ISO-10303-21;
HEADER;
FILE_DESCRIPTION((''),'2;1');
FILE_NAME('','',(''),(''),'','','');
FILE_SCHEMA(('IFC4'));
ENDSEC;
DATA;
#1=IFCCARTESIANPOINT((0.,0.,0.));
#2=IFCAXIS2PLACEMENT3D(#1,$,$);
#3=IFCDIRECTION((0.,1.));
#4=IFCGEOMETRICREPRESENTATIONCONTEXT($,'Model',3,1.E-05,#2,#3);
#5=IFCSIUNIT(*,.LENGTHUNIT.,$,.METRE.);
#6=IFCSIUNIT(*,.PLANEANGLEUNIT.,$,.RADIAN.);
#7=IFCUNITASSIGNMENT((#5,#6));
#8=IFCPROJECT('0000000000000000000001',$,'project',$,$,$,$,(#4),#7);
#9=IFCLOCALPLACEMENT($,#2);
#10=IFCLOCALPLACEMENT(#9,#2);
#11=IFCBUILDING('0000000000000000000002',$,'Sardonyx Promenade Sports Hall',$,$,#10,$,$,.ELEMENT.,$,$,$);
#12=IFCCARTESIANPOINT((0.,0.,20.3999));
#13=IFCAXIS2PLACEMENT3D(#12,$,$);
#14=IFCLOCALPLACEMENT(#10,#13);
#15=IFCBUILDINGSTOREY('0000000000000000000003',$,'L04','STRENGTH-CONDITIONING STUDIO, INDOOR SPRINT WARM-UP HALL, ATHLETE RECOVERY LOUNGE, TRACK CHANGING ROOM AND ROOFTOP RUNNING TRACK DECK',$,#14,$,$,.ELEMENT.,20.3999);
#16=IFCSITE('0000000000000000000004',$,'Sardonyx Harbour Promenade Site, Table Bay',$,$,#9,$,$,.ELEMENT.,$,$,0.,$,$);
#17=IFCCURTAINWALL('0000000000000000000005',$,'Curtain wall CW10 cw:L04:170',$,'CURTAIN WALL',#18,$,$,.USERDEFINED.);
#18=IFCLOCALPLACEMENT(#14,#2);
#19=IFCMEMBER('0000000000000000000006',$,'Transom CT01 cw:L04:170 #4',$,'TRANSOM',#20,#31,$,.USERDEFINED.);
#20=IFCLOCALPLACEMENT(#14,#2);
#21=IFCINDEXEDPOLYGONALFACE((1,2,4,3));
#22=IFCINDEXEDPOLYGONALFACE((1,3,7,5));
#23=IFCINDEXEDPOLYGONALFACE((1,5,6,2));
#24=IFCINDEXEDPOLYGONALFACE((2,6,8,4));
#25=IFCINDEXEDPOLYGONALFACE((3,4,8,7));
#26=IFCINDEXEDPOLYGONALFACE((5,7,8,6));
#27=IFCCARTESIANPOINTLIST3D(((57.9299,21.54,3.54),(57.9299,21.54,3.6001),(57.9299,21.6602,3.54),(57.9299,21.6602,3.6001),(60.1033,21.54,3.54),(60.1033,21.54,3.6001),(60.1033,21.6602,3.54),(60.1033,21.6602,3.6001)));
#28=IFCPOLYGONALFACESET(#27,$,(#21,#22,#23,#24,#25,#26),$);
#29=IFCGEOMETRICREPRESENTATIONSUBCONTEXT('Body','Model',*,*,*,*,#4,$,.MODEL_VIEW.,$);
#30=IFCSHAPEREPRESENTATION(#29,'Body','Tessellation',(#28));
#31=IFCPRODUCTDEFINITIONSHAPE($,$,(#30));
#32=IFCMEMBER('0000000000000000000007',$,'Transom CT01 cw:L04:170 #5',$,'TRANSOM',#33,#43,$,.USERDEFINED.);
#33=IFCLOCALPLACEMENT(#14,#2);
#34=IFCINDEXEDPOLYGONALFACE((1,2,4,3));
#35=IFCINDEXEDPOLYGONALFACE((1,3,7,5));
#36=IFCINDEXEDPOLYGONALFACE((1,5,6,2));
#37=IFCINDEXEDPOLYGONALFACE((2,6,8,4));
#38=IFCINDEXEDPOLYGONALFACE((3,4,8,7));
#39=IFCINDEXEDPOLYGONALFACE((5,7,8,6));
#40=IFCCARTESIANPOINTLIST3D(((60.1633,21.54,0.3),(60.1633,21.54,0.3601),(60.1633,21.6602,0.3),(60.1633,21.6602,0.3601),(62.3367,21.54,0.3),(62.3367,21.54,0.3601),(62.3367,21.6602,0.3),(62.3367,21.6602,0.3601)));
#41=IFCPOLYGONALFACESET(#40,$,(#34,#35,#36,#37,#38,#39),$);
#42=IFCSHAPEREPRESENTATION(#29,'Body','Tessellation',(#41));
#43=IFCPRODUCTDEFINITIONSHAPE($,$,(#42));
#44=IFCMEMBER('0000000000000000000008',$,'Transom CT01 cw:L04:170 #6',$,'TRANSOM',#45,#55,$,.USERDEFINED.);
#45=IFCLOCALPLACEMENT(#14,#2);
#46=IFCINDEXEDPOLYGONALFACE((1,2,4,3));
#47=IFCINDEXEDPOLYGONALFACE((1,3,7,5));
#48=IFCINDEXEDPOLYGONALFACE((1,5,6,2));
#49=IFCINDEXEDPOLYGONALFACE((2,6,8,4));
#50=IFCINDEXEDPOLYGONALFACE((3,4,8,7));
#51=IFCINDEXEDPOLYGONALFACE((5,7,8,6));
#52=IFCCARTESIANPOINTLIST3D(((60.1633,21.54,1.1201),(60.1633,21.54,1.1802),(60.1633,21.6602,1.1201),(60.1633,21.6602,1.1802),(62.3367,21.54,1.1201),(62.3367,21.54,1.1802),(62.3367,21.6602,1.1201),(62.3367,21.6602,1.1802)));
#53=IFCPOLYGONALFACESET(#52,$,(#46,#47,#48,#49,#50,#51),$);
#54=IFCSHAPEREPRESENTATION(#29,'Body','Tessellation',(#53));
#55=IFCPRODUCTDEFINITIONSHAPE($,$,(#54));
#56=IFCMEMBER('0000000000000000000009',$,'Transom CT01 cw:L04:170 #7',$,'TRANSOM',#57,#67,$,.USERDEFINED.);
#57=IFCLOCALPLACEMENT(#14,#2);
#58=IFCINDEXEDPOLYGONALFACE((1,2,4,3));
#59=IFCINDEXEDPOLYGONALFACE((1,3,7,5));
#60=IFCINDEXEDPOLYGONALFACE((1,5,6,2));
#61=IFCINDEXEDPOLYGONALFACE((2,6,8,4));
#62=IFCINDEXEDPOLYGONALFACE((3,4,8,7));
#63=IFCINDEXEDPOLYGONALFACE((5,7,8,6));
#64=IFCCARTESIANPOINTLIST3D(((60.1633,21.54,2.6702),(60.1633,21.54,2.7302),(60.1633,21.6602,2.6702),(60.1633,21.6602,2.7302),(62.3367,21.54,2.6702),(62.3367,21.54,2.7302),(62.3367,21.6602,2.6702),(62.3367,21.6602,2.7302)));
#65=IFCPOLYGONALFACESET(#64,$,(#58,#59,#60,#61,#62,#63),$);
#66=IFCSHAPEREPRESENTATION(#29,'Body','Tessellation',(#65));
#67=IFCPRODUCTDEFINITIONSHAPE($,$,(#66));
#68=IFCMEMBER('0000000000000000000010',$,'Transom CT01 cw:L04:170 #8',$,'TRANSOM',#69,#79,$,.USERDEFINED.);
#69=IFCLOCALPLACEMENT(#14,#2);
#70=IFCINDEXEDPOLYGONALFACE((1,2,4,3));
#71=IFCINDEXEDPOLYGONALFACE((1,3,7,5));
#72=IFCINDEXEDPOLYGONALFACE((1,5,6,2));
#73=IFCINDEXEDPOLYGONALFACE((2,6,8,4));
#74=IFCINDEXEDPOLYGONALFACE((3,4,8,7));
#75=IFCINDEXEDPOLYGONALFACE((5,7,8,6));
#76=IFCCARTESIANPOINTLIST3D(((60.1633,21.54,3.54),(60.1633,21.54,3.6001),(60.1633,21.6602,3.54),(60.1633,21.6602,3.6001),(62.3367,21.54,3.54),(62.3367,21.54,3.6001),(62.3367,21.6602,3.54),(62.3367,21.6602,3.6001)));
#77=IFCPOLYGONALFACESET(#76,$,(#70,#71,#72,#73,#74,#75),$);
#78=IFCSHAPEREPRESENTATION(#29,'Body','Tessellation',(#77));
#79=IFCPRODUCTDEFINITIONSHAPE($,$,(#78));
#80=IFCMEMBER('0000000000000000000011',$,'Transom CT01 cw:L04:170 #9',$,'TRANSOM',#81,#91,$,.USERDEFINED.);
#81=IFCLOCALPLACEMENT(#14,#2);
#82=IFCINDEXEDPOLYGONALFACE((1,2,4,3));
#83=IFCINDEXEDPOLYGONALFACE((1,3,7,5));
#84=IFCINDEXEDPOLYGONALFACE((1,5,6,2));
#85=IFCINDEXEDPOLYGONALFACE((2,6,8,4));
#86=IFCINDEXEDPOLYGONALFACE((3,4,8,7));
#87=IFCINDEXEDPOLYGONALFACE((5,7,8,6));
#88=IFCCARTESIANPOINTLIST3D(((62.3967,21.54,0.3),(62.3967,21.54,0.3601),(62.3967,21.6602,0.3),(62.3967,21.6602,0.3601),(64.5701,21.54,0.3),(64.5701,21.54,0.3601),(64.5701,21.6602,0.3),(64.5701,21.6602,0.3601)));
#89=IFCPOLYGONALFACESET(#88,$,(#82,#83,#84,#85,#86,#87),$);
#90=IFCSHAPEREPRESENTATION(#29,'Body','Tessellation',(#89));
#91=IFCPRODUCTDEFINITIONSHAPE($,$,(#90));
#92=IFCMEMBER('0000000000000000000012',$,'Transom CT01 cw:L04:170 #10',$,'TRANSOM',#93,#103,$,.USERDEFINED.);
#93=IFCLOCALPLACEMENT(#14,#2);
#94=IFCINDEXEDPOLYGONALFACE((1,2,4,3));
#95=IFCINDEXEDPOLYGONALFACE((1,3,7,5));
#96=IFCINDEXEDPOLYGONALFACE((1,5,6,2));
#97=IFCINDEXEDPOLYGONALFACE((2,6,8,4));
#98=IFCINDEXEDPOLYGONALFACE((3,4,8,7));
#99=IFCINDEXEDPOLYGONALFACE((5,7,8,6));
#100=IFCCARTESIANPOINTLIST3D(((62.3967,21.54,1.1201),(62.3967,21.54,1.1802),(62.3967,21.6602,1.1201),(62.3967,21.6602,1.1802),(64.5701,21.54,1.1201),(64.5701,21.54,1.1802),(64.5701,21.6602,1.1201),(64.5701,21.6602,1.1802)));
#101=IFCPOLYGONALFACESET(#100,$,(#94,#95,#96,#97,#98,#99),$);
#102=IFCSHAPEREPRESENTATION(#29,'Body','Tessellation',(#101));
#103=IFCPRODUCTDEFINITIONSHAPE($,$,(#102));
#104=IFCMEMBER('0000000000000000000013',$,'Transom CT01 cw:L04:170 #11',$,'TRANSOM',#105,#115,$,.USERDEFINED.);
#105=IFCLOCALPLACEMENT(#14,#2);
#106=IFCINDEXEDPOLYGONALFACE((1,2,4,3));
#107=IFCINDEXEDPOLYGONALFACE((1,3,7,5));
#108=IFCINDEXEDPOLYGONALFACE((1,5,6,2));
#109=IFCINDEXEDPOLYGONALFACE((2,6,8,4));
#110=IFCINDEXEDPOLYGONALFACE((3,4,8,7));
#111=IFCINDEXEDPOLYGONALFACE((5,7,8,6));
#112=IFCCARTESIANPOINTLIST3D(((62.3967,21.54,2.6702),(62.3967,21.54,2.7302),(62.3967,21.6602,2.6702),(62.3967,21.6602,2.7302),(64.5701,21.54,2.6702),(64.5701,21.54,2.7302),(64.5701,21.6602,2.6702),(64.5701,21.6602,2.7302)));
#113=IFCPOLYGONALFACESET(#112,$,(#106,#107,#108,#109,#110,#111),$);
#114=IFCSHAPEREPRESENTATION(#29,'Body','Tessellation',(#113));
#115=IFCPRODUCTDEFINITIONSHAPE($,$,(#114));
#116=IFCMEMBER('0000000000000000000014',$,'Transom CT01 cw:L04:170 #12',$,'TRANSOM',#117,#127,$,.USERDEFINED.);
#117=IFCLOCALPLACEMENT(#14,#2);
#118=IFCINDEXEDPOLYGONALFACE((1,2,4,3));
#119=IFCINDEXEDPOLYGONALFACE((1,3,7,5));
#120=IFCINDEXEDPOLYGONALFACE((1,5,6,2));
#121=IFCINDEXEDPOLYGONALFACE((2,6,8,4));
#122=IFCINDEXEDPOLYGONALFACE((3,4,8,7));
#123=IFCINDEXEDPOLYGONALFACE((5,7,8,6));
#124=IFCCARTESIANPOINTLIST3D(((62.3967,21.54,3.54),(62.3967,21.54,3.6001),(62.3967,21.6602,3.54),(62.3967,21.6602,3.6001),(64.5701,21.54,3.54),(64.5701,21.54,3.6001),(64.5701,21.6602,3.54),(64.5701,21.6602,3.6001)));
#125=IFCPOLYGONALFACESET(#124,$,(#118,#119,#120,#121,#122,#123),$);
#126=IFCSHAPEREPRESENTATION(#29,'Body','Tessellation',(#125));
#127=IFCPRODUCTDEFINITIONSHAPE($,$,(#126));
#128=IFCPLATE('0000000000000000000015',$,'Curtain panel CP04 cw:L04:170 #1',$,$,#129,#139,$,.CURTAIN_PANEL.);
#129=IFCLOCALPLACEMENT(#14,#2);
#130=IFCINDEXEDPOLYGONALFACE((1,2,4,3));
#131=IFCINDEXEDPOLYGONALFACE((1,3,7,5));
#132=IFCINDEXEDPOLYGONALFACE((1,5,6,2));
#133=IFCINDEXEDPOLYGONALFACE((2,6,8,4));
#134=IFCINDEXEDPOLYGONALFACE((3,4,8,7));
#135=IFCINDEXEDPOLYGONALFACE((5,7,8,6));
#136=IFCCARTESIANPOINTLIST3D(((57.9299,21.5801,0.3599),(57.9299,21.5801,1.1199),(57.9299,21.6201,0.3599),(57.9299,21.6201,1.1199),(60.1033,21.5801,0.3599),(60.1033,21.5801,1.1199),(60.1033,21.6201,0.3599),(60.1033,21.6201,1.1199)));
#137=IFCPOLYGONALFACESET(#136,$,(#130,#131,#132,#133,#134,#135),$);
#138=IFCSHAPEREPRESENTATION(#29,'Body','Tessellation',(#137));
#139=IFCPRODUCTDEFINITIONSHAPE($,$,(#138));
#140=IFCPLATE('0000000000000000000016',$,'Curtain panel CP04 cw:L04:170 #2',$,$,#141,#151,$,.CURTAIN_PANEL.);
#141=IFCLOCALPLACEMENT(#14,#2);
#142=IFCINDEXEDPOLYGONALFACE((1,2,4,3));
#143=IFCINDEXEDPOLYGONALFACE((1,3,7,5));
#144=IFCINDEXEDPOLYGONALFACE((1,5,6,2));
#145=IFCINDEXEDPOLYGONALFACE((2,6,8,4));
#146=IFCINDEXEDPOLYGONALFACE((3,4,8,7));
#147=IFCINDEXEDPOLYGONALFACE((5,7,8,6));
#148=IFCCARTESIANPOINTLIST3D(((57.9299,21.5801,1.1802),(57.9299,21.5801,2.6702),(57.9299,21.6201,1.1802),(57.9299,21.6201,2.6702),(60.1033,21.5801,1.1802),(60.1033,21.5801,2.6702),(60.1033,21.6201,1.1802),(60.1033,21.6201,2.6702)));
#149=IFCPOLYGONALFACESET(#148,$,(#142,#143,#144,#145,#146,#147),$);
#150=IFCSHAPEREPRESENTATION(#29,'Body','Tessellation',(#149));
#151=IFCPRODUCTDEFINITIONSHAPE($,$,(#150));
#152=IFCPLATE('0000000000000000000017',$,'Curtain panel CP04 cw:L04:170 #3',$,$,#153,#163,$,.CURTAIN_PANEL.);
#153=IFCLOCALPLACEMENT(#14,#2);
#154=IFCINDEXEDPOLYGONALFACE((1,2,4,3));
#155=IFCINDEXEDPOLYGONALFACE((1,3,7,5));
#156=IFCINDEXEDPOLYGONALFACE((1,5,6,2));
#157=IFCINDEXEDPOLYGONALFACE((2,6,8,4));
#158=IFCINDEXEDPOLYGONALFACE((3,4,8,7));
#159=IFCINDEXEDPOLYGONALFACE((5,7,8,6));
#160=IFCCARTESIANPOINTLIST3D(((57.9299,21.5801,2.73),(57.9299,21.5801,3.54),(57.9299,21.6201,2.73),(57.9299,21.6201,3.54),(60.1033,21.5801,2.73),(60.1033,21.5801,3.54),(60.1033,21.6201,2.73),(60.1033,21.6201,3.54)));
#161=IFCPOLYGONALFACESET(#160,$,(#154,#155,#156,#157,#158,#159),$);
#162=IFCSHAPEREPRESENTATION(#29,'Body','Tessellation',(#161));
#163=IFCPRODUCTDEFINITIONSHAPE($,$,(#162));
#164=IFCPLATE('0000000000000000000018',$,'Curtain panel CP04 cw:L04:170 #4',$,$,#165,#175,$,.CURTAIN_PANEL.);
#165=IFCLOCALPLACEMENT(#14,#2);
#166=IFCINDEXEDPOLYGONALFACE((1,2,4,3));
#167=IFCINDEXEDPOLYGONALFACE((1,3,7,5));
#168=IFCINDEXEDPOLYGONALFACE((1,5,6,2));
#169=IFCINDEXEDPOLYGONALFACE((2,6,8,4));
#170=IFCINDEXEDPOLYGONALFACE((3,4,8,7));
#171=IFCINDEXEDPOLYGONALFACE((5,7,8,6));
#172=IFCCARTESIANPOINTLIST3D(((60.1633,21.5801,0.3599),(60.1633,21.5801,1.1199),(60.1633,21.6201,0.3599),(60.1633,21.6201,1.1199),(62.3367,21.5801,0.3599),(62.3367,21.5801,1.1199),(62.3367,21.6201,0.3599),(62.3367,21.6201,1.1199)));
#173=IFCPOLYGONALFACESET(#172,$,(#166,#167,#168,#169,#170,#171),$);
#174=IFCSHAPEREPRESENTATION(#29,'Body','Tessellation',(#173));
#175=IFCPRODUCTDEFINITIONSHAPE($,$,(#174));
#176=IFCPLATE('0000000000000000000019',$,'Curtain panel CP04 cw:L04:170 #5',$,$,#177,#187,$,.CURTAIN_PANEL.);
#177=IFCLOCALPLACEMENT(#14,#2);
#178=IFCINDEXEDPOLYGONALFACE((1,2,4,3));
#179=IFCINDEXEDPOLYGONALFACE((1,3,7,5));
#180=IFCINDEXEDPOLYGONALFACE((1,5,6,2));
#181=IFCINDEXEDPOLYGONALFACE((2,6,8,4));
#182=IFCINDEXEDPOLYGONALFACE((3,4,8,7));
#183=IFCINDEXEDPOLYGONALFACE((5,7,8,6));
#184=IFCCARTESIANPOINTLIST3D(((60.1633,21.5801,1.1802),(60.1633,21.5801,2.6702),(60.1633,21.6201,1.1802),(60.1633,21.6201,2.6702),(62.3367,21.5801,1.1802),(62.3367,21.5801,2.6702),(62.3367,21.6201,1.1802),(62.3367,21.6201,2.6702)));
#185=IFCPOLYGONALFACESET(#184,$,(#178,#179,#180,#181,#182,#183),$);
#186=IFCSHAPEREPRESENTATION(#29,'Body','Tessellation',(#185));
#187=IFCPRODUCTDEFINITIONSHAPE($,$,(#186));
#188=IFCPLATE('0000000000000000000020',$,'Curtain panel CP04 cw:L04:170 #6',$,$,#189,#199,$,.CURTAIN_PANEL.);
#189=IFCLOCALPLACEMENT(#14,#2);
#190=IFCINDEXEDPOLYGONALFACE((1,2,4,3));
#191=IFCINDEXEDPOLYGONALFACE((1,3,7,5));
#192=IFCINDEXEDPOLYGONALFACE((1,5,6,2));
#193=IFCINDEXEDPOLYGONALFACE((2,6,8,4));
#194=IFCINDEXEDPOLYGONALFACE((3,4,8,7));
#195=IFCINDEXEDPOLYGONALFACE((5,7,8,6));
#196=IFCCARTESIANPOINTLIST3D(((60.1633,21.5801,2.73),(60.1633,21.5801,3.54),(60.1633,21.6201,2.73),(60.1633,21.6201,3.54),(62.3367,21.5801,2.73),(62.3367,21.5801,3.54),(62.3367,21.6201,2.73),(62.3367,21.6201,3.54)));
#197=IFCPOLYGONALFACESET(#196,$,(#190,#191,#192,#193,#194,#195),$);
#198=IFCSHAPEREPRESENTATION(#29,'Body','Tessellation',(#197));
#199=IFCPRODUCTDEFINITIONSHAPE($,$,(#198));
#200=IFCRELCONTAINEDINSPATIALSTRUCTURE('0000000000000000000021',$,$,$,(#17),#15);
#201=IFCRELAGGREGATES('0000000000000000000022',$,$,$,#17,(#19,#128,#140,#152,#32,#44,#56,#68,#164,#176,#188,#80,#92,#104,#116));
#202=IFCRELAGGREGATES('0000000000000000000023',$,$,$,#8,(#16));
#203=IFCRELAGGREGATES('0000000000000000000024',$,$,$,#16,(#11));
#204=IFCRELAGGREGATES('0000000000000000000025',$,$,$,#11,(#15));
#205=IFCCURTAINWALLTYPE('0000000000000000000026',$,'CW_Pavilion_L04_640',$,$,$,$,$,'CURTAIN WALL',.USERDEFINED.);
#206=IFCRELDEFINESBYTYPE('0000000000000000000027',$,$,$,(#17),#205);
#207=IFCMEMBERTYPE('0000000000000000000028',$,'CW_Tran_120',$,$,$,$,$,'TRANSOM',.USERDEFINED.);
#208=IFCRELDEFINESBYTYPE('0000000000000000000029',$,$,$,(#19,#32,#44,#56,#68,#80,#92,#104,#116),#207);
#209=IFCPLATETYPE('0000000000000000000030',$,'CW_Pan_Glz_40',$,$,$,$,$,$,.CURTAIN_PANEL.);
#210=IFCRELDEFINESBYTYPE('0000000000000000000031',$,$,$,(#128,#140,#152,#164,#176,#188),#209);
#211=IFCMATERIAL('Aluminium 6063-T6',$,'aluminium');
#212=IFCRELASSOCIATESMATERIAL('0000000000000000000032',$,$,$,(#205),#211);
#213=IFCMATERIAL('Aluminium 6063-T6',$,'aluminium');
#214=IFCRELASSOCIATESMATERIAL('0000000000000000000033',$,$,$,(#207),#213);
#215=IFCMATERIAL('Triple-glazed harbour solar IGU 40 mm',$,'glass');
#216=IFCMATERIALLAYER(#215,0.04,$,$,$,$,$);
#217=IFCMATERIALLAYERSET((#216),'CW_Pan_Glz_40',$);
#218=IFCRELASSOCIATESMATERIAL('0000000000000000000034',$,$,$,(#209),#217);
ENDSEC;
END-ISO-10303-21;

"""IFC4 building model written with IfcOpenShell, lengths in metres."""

from ifc_helpers import new_model, si_unit, direction, frame, origin, origin_2d, place, context, subcontext, project, spatial, rectangle, extrude, material, layer, layer_set, material_profile, profile_set, type_object, element, aggregate, save


model = new_model("IFC4")

# Units and contexts
model_context = context("Model", 3, precision=1e-05, world=origin(), true_north=direction((0.0, 1.0)))
body_context = subcontext(model_context, "Body", "Model", "MODEL_VIEW")
ifc_project = project(units=[si_unit("LENGTHUNIT", "METRE"), si_unit("PLANEANGLEUNIT", "RADIAN")], contexts=[model_context])

# Site, building, storey
site_placement = place(None, origin())
site = spatial("IfcSite", under=ifc_project, at=site_placement, Name="Sardonyx Harbour Promenade Site, Table Bay", CompositionType="ELEMENT", RefElevation=0.0)
building_placement = place(site_placement, origin())
building = spatial("IfcBuilding", under=site, at=building_placement, Name="Sardonyx Promenade Sports Hall", CompositionType="ELEMENT")
storey_placement = place(building_placement, frame((0.0, 0.0, 20.3999)))
storey = spatial("IfcBuildingStorey", under=building, at=storey_placement, Name="L04", Description="STRENGTH-CONDITIONING STUDIO, INDOOR SPRINT WARM-UP HALL, ATHLETE RECOVERY LOUNGE, TRACK CHANGING ROOM AND ROOFTOP RUNNING TRACK DECK", CompositionType="ELEMENT", Elevation=20.3999)

# Curtain wall, members, plates
ifc_material_1 = material(Name="Aluminium 6063-T6", Category="aluminium")
curtain_wall_type = type_object("IfcCurtainWallType", Name="CW_Pavilion_L04_640", ElementType="CURTAIN WALL", PredefinedType="USERDEFINED", material=ifc_material_1)
curtain_wall_placement = place(storey_placement, origin())
curtain_wall = element("IfcCurtainWall", 1, at=curtain_wall_placement, inside=storey, type_object=curtain_wall_type, Name="Curtain wall CW10 cw:L04:170", ObjectType="CURTAIN WALL", PredefinedType="USERDEFINED")
ifc_material_2 = material(Name="Aluminium 6063-T6", Category="aluminium")
ifc_material_profile_1 = material_profile(ifc_material_2, rectangle(XDim=0.0601, YDim=0.1201, at=origin_2d()))
ifc_profile_set_1 = profile_set([ifc_material_profile_1], Name="Aluminium 6063-T6")
member_type_1 = type_object("IfcMemberType", Name="CW_Tran_120", ElementType="TRANSOM", PredefinedType="USERDEFINED", material=ifc_profile_set_1)
member_1_placement = place(storey_placement, frame((57.9299, 21.6001, 3.5701), z_axis=(1.0, 0.0, 0.0), x_axis=(0.0, 0.0, 1.0)))
member_1 = element("IfcMember", 2, at=member_1_placement, type_object=member_type_1, Name="Transom CT01 cw:L04:170 #4", ObjectType="TRANSOM", PredefinedType="USERDEFINED", context=body_context, shape_type="SweptSolid", body=[
    extrude(rectangle(XDim=0.0601, YDim=0.1201, at=origin_2d()), origin(), (0.0, 0.0, 1.0), 2.1733),
])
member_2_placement = place(storey_placement, frame((60.1633, 21.6001, 0.3301), z_axis=(1.0, 0.0, 0.0), x_axis=(0.0, 0.0, 1.0)))
member_2 = element("IfcMember", 3, at=member_2_placement, type_object=member_type_1, Name="Transom CT01 cw:L04:170 #5", ObjectType="TRANSOM", PredefinedType="USERDEFINED", context=body_context, shape_type="SweptSolid", body=[
    extrude(rectangle(XDim=0.0601, YDim=0.1201, at=origin_2d()), origin(), (0.0, 0.0, 1.0), 2.1733),
])
member_3_placement = place(storey_placement, frame((60.1633, 21.6001, 1.1501), z_axis=(1.0, 0.0, 0.0), x_axis=(0.0, 0.0, 1.0)))
member_3 = element("IfcMember", 4, at=member_3_placement, type_object=member_type_1, Name="Transom CT01 cw:L04:170 #6", ObjectType="TRANSOM", PredefinedType="USERDEFINED", context=body_context, shape_type="SweptSolid", body=[
    extrude(rectangle(XDim=0.0601, YDim=0.1201, at=origin_2d()), origin(), (0.0, 0.0, 1.0), 2.1733),
])
member_4_placement = place(storey_placement, frame((60.1633, 21.6001, 2.7002), z_axis=(1.0, 0.0, 0.0), x_axis=(0.0, 0.0, 1.0)))
member_4 = element("IfcMember", 5, at=member_4_placement, type_object=member_type_1, Name="Transom CT01 cw:L04:170 #7", ObjectType="TRANSOM", PredefinedType="USERDEFINED", context=body_context, shape_type="SweptSolid", body=[
    extrude(rectangle(XDim=0.0601, YDim=0.1201, at=origin_2d()), origin(), (0.0, 0.0, 1.0), 2.1733),
])
member_5_placement = place(storey_placement, frame((60.1633, 21.6001, 3.5701), z_axis=(1.0, 0.0, 0.0), x_axis=(0.0, 0.0, 1.0)))
member_5 = element("IfcMember", 6, at=member_5_placement, type_object=member_type_1, Name="Transom CT01 cw:L04:170 #8", ObjectType="TRANSOM", PredefinedType="USERDEFINED", context=body_context, shape_type="SweptSolid", body=[
    extrude(rectangle(XDim=0.0601, YDim=0.1201, at=origin_2d()), origin(), (0.0, 0.0, 1.0), 2.1733),
])
member_6_placement = place(storey_placement, frame((62.3967, 21.6001, 0.3301), z_axis=(1.0, 0.0, 0.0), x_axis=(0.0, 0.0, 1.0)))
member_6 = element("IfcMember", 7, at=member_6_placement, type_object=member_type_1, Name="Transom CT01 cw:L04:170 #9", ObjectType="TRANSOM", PredefinedType="USERDEFINED", context=body_context, shape_type="SweptSolid", body=[
    extrude(rectangle(XDim=0.0601, YDim=0.1201, at=origin_2d()), origin(), (0.0, 0.0, 1.0), 2.1733),
])
member_7_placement = place(storey_placement, frame((62.3967, 21.6001, 1.1501), z_axis=(1.0, 0.0, 0.0), x_axis=(0.0, 0.0, 1.0)))
member_7 = element("IfcMember", 8, at=member_7_placement, type_object=member_type_1, Name="Transom CT01 cw:L04:170 #10", ObjectType="TRANSOM", PredefinedType="USERDEFINED", context=body_context, shape_type="SweptSolid", body=[
    extrude(rectangle(XDim=0.0601, YDim=0.1201, at=origin_2d()), origin(), (0.0, 0.0, 1.0), 2.1733),
])
member_8_placement = place(storey_placement, frame((62.3967, 21.6001, 2.7002), z_axis=(1.0, 0.0, 0.0), x_axis=(0.0, 0.0, 1.0)))
member_8 = element("IfcMember", 9, at=member_8_placement, type_object=member_type_1, Name="Transom CT01 cw:L04:170 #11", ObjectType="TRANSOM", PredefinedType="USERDEFINED", context=body_context, shape_type="SweptSolid", body=[
    extrude(rectangle(XDim=0.0601, YDim=0.1201, at=origin_2d()), origin(), (0.0, 0.0, 1.0), 2.1733),
])
member_9_placement = place(storey_placement, frame((62.3967, 21.6001, 3.5701), z_axis=(1.0, 0.0, 0.0), x_axis=(0.0, 0.0, 1.0)))
member_9 = element("IfcMember", 10, at=member_9_placement, type_object=member_type_1, Name="Transom CT01 cw:L04:170 #12", ObjectType="TRANSOM", PredefinedType="USERDEFINED", context=body_context, shape_type="SweptSolid", body=[
    extrude(rectangle(XDim=0.0601, YDim=0.1201, at=origin_2d()), origin(), (0.0, 0.0, 1.0), 2.1733),
])
ifc_material_3 = material(Name="Triple-glazed harbour solar IGU 40 mm", Category="glass")
ifc_layer_1 = layer(ifc_material_3, 0.04)
ifc_layer_set_1 = layer_set([ifc_layer_1], Name="CW_Pan_Glz_40")
plate_type_1 = type_object("IfcPlateType", Name="CW_Pan_Glz_40", PredefinedType="CURTAIN_PANEL", material=ifc_layer_set_1)
plate_1_placement = place(storey_placement, frame((59.0166, 21.6001, 0.3599), z_axis=(0.0, 0.0, 1.0), x_axis=(1.0, 0.0, 0.0)))
plate_1 = element("IfcPlate", 11, at=plate_1_placement, type_object=plate_type_1, Name="Curtain panel CP04 cw:L04:170 #1", PredefinedType="CURTAIN_PANEL", context=body_context, shape_type="SweptSolid", body=[
    extrude(rectangle(XDim=2.1733, YDim=0.04, at=origin_2d()), origin(), (0.0, 0.0, 1.0), 0.76),
])
plate_2_placement = place(storey_placement, frame((59.0166, 21.6001, 1.1802), z_axis=(0.0, 0.0, 1.0), x_axis=(1.0, 0.0, 0.0)))
plate_2 = element("IfcPlate", 12, at=plate_2_placement, type_object=plate_type_1, Name="Curtain panel CP04 cw:L04:170 #2", PredefinedType="CURTAIN_PANEL", context=body_context, shape_type="SweptSolid", body=[
    extrude(rectangle(XDim=2.1733, YDim=0.04, at=origin_2d()), origin(), (0.0, 0.0, 1.0), 1.49),
])
plate_3_placement = place(storey_placement, frame((59.0166, 21.6001, 2.73), z_axis=(0.0, 0.0, 1.0), x_axis=(1.0, 0.0, 0.0)))
plate_3 = element("IfcPlate", 13, at=plate_3_placement, type_object=plate_type_1, Name="Curtain panel CP04 cw:L04:170 #3", PredefinedType="CURTAIN_PANEL", context=body_context, shape_type="SweptSolid", body=[
    extrude(rectangle(XDim=2.1733, YDim=0.04, at=origin_2d()), origin(), (0.0, 0.0, 1.0), 0.8101),
])
plate_4_placement = place(storey_placement, frame((61.25, 21.6001, 0.3599), z_axis=(0.0, 0.0, 1.0), x_axis=(1.0, 0.0, 0.0)))
plate_4 = element("IfcPlate", 14, at=plate_4_placement, type_object=plate_type_1, Name="Curtain panel CP04 cw:L04:170 #4", PredefinedType="CURTAIN_PANEL", context=body_context, shape_type="SweptSolid", body=[
    extrude(rectangle(XDim=2.1733, YDim=0.04, at=origin_2d()), origin(), (0.0, 0.0, 1.0), 0.76),
])
plate_5_placement = place(storey_placement, frame((61.25, 21.6001, 1.1802), z_axis=(0.0, 0.0, 1.0), x_axis=(1.0, 0.0, 0.0)))
plate_5 = element("IfcPlate", 15, at=plate_5_placement, type_object=plate_type_1, Name="Curtain panel CP04 cw:L04:170 #5", PredefinedType="CURTAIN_PANEL", context=body_context, shape_type="SweptSolid", body=[
    extrude(rectangle(XDim=2.1733, YDim=0.04, at=origin_2d()), origin(), (0.0, 0.0, 1.0), 1.49),
])
plate_6_placement = place(storey_placement, frame((61.25, 21.6001, 2.73), z_axis=(0.0, 0.0, 1.0), x_axis=(1.0, 0.0, 0.0)))
plate_6 = element("IfcPlate", 16, at=plate_6_placement, type_object=plate_type_1, Name="Curtain panel CP04 cw:L04:170 #6", PredefinedType="CURTAIN_PANEL", context=body_context, shape_type="SweptSolid", body=[
    extrude(rectangle(XDim=2.1733, YDim=0.04, at=origin_2d()), origin(), (0.0, 0.0, 1.0), 0.8101),
])
aggregate(curtain_wall, [member_1, plate_1, plate_2, plate_3, member_2, member_3, member_4, member_5, plate_4, plate_5, plate_6, member_6, member_7, member_8, member_9])

save(model, "model.ifc")
